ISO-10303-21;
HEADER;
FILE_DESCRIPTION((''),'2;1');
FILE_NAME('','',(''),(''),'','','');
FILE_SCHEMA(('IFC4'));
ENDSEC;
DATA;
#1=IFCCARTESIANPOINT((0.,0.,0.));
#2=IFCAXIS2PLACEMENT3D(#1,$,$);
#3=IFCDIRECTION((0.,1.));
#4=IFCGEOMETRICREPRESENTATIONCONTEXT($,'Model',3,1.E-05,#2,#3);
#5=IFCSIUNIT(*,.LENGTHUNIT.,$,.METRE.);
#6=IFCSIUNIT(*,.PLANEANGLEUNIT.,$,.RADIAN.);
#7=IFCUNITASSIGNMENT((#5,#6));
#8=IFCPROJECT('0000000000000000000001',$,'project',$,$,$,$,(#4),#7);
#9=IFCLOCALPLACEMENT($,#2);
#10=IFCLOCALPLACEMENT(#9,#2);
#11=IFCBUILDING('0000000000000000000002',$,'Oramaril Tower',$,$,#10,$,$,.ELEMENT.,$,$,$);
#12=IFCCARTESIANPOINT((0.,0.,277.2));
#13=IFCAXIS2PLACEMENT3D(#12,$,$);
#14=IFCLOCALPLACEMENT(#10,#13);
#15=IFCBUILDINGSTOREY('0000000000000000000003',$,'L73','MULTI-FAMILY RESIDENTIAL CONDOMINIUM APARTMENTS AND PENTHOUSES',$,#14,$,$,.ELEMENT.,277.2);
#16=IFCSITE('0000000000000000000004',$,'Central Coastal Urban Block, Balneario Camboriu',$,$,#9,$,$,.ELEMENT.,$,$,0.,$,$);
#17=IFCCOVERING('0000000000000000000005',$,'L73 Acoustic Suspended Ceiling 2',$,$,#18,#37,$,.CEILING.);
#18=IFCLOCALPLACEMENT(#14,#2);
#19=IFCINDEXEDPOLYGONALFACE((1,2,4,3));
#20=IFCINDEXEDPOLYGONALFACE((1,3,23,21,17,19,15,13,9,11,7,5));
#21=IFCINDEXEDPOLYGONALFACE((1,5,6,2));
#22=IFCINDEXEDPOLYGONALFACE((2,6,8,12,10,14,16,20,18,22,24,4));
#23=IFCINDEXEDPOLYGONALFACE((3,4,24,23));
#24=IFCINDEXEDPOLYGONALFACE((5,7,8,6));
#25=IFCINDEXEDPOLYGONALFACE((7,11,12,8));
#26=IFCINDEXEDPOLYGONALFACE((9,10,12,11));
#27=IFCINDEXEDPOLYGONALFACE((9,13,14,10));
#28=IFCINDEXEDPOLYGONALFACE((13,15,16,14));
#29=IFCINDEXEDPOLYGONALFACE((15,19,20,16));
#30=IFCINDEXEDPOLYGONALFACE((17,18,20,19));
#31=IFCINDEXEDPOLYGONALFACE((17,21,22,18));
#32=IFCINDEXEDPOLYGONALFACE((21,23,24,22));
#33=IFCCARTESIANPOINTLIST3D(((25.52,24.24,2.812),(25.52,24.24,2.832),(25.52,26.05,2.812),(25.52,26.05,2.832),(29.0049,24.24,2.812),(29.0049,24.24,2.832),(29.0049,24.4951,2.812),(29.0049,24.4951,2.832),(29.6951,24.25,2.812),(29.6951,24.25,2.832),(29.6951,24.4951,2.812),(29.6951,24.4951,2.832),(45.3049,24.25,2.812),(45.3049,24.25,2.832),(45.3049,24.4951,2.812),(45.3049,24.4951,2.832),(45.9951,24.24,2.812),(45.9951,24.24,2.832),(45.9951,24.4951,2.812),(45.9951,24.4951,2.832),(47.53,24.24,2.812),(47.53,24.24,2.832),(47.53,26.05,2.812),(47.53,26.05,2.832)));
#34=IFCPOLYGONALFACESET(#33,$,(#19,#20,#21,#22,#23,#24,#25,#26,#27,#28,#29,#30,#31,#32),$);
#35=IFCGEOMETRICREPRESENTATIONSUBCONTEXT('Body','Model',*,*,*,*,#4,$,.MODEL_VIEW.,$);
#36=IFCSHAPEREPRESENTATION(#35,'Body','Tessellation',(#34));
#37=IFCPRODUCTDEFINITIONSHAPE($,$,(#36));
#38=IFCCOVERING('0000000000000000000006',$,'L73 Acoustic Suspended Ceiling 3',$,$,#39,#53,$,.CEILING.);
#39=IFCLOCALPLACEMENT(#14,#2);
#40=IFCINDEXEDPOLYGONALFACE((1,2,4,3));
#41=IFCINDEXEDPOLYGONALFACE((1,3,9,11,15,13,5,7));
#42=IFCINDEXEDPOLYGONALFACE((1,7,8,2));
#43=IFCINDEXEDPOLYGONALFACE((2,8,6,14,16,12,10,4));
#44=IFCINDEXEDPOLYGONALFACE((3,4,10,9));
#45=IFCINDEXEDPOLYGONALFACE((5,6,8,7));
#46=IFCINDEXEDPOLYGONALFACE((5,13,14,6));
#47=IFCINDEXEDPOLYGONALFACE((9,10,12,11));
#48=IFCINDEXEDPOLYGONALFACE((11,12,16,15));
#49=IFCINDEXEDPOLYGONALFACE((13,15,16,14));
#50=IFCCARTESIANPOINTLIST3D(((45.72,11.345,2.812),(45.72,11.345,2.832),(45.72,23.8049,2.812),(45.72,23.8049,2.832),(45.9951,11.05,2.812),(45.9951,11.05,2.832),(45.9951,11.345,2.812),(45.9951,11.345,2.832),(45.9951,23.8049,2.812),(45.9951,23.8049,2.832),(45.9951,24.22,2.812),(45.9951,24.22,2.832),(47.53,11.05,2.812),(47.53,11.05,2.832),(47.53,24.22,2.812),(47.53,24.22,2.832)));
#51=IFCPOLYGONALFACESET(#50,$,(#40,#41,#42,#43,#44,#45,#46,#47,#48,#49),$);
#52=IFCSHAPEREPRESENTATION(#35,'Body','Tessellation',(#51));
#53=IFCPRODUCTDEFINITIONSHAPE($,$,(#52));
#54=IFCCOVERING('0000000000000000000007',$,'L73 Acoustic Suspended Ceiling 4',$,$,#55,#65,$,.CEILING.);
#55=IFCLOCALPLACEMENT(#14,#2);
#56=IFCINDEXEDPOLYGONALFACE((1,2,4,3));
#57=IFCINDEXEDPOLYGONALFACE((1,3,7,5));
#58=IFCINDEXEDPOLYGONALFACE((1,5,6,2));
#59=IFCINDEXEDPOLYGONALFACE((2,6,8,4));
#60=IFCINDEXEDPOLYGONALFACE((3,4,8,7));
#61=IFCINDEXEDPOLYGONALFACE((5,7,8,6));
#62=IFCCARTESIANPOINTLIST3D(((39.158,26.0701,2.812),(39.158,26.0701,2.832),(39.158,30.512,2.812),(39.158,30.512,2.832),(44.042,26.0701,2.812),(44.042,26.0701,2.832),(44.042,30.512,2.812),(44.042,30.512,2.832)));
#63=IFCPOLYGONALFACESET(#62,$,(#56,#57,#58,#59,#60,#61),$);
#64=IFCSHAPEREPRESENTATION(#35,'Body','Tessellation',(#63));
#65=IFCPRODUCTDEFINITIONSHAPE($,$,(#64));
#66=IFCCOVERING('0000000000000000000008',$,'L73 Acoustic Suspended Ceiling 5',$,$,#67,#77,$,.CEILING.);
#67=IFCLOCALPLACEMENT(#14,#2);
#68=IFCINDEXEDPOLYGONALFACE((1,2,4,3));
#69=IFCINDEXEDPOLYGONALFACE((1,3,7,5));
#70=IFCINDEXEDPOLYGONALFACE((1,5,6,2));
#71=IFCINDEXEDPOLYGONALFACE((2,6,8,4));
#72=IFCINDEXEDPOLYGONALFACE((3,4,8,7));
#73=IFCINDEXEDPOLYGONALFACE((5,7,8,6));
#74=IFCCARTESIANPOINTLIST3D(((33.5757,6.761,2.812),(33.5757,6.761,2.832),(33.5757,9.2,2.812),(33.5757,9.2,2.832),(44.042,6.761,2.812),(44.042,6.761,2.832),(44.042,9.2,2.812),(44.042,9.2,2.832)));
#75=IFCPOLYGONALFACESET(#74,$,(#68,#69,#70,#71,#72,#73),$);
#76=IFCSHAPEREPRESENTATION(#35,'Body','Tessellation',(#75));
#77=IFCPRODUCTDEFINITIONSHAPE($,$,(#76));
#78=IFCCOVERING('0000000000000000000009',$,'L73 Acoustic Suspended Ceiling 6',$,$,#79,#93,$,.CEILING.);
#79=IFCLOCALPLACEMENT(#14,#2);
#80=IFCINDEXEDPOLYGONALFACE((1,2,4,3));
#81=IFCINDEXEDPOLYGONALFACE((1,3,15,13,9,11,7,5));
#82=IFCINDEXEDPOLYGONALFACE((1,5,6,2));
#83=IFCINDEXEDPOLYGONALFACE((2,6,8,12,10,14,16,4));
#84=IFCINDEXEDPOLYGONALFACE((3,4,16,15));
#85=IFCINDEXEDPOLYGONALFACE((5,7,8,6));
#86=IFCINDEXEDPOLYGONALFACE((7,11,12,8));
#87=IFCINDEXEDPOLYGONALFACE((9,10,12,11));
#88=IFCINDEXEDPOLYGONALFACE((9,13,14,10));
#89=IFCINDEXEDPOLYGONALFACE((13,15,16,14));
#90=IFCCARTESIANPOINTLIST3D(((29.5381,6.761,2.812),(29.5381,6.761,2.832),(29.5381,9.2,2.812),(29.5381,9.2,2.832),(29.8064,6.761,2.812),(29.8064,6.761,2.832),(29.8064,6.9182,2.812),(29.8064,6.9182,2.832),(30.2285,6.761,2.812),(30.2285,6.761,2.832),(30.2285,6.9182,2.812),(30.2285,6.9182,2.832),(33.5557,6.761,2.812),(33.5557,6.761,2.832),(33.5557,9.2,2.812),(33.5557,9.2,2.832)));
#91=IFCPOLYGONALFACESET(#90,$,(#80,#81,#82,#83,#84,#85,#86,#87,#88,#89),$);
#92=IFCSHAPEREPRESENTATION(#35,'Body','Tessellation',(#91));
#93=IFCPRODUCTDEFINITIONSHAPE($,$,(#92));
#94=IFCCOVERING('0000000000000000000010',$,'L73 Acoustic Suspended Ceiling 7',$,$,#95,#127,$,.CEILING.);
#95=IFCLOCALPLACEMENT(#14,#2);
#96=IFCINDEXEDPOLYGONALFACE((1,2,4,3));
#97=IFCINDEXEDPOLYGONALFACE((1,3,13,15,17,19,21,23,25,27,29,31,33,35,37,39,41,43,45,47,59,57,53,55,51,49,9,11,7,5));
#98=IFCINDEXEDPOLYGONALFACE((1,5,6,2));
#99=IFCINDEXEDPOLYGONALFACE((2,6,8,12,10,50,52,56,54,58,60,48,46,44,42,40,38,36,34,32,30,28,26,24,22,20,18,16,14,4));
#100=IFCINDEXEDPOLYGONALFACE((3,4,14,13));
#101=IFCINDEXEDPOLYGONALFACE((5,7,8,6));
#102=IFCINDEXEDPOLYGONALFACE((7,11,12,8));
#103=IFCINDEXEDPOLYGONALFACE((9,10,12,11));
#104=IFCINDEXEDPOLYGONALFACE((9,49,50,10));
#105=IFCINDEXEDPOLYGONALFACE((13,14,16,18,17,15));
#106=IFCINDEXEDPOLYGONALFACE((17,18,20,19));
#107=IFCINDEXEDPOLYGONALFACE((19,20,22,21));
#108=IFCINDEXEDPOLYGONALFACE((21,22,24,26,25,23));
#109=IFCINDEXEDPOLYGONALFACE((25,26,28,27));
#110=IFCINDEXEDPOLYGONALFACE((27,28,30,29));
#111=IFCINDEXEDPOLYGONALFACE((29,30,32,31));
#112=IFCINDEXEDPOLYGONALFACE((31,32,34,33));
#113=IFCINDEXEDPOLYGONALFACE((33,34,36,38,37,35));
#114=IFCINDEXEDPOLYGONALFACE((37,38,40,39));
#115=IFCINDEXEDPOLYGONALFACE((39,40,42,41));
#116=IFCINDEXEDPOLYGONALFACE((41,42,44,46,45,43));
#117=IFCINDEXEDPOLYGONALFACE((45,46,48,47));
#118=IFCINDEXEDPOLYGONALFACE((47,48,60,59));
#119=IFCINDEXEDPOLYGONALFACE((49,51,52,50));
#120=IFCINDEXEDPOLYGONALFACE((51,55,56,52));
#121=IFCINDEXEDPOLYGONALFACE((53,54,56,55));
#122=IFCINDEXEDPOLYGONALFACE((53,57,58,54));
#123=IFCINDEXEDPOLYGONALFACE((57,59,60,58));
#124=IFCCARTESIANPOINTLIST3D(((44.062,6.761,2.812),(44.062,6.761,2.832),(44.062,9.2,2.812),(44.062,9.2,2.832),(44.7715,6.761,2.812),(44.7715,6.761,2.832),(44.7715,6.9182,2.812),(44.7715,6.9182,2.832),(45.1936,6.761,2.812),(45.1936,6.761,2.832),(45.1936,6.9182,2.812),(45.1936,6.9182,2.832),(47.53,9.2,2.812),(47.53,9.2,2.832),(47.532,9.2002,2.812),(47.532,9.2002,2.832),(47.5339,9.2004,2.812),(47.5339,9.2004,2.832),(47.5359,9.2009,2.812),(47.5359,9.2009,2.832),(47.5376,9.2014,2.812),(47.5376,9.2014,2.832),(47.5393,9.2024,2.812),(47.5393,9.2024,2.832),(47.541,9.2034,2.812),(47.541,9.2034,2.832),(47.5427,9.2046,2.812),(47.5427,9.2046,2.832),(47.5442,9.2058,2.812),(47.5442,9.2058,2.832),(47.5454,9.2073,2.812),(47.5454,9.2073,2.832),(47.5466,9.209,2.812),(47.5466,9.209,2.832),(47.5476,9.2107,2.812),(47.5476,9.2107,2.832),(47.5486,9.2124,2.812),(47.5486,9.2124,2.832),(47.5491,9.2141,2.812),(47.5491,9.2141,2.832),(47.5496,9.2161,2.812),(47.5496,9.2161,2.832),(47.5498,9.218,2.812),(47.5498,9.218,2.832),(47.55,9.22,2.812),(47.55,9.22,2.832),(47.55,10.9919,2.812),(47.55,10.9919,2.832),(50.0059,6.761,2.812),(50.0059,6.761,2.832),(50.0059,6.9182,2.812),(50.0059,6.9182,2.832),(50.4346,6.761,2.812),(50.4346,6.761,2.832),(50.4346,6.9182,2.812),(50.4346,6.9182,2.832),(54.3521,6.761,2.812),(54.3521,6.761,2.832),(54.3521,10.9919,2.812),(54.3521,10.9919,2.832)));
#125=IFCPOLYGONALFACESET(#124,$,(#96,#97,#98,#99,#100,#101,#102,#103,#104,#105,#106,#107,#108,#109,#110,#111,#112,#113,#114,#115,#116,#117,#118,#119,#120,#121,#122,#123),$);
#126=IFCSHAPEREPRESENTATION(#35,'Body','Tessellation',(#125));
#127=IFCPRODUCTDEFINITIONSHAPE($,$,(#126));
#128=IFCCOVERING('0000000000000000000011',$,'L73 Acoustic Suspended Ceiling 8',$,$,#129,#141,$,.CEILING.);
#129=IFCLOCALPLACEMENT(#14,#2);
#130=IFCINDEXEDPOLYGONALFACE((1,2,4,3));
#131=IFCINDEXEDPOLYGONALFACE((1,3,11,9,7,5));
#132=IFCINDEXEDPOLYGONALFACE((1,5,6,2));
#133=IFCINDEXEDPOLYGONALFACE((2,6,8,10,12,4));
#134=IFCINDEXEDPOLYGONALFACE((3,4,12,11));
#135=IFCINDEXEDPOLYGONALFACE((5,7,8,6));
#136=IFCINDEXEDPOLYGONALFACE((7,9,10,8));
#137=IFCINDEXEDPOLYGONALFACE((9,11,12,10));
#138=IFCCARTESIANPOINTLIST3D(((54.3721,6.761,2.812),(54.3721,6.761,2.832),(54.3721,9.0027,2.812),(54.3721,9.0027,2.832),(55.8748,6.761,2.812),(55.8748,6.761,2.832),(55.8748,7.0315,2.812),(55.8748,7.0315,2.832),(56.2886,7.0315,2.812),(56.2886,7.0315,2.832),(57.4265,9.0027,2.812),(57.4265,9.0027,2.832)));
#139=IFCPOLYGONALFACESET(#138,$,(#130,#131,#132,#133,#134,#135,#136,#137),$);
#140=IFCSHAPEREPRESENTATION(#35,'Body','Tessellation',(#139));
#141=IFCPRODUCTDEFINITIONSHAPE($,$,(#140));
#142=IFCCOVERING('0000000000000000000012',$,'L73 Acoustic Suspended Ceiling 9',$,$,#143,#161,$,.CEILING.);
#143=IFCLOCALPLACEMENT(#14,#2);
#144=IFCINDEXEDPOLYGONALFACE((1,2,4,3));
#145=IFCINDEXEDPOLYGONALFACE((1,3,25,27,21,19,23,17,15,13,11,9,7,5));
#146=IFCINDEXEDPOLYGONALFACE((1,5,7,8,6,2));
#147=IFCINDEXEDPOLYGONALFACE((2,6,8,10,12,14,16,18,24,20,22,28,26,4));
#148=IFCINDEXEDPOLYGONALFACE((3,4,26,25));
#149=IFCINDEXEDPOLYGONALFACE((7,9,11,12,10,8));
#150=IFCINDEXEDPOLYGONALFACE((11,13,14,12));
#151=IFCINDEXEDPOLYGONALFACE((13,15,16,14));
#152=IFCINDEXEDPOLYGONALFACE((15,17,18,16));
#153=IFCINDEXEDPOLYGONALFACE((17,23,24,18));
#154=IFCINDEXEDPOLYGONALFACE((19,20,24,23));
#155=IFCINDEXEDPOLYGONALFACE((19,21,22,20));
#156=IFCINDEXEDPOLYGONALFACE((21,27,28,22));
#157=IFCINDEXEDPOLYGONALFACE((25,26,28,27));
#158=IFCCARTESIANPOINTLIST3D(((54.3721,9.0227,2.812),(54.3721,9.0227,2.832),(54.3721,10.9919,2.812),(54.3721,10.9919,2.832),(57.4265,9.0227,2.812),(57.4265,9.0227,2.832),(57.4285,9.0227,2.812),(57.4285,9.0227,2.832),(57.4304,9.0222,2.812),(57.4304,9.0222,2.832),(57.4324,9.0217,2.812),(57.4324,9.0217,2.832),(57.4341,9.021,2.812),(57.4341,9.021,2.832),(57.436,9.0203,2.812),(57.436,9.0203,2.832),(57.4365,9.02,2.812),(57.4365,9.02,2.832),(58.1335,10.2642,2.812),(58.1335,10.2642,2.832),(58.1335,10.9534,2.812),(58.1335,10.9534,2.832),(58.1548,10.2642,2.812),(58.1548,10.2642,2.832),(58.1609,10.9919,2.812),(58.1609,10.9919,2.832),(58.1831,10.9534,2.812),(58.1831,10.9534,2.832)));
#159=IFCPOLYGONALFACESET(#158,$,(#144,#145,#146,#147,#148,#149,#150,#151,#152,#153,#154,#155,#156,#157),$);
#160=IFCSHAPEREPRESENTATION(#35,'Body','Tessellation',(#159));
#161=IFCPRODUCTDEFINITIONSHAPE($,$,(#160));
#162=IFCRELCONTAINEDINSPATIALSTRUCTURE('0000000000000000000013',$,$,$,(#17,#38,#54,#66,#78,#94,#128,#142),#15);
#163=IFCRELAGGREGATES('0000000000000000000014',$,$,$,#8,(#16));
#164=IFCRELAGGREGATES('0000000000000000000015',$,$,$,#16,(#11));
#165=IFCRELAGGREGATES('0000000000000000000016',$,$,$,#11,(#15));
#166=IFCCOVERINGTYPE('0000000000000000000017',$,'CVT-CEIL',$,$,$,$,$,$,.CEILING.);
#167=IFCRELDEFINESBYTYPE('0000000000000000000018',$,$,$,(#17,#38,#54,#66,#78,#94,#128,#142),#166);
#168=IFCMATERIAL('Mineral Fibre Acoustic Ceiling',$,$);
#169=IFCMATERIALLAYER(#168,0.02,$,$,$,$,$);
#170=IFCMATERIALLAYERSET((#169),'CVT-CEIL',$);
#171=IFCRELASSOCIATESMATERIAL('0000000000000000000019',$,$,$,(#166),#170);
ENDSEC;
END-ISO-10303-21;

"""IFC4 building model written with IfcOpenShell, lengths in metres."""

from ifc_helpers import new_model, si_unit, direction, frame, origin, place, context, subcontext, project, spatial, polyline, outline, extrude, material, layer, layer_set, type_object, element, save


model = new_model("IFC4")

# Units and contexts
model_context = context("Model", 3, precision=1e-05, world=origin(), true_north=direction((0.0, 1.0)))
body_context = subcontext(model_context, "Body", "Model", "MODEL_VIEW")
ifc_project = project(units=[si_unit("LENGTHUNIT", "METRE"), si_unit("PLANEANGLEUNIT", "RADIAN")], contexts=[model_context])

# Site, building, storey
site_placement = place(None, origin())
site = spatial("IfcSite", under=ifc_project, at=site_placement, Name="Central Coastal Urban Block, Balneario Camboriu", CompositionType="ELEMENT", RefElevation=0.0)
building_placement = place(site_placement, origin())
building = spatial("IfcBuilding", under=site, at=building_placement, Name="Oramaril Tower", CompositionType="ELEMENT")
storey_placement = place(building_placement, frame((0.0, 0.0, 277.2)))
storey = spatial("IfcBuildingStorey", under=building, at=storey_placement, Name="L73", Description="MULTI-FAMILY RESIDENTIAL CONDOMINIUM APARTMENTS AND PENTHOUSES", CompositionType="ELEMENT", Elevation=277.2)

# Coverings
ifc_material_1 = material(Name="Mineral Fibre Acoustic Ceiling")
ifc_layer_1 = layer(ifc_material_1, 0.02)
ifc_layer_set_1 = layer_set([ifc_layer_1], Name="CVT-CEIL")
covering_type_1 = type_object("IfcCoveringType", Name="CVT-CEIL", PredefinedType="CEILING", material=ifc_layer_set_1)
covering_1_placement = place(storey_placement, frame((0.0, 0.0, 2.812)))
element("IfcCovering", 1, at=covering_1_placement, inside=storey, type_object=covering_type_1, Name="L73 Acoustic Suspended Ceiling 2", PredefinedType="CEILING", context=body_context, shape_type="SweptSolid", body=[
    extrude(outline(polyline([(47.53, 24.24), (45.9951, 24.24), (45.9951, 24.4951), (45.3049, 24.4951), (45.3049, 24.25), (29.6951, 24.25), (29.6951, 24.4951), (29.0049, 24.4951), (29.0049, 24.24), (25.52, 24.24), (25.52, 26.05), (47.53, 26.05), (47.53, 24.24)])), origin(), (0.0, 0.0, 1.0), 0.02),
])
covering_2_placement = place(storey_placement, frame((0.0, 0.0, 2.812)))
element("IfcCovering", 2, at=covering_2_placement, inside=storey, type_object=covering_type_1, Name="L73 Acoustic Suspended Ceiling 3", PredefinedType="CEILING", context=body_context, shape_type="SweptSolid", body=[
    extrude(outline(polyline([(47.53, 11.05), (45.9951, 11.05), (45.9951, 11.345), (45.72, 11.345), (45.72, 23.8049), (45.9951, 23.8049), (45.9951, 24.22), (47.53, 24.22), (47.53, 11.05)])), origin(), (0.0, 0.0, 1.0), 0.02),
])
covering_3_placement = place(storey_placement, frame((0.0, 0.0, 2.812)))
element("IfcCovering", 3, at=covering_3_placement, inside=storey, type_object=covering_type_1, Name="L73 Acoustic Suspended Ceiling 4", PredefinedType="CEILING", context=body_context, shape_type="SweptSolid", body=[
    extrude(outline(polyline([(44.042, 30.512), (44.042, 26.0701), (39.158, 26.0701), (39.158, 30.512), (44.042, 30.512)])), origin(), (0.0, 0.0, 1.0), 0.02),
])
covering_4_placement = place(storey_placement, frame((0.0, 0.0, 2.812)))
element("IfcCovering", 4, at=covering_4_placement, inside=storey, type_object=covering_type_1, Name="L73 Acoustic Suspended Ceiling 5", PredefinedType="CEILING", context=body_context, shape_type="SweptSolid", body=[
    extrude(outline(polyline([(33.5757, 6.761), (33.5757, 9.2), (44.042, 9.2), (44.042, 6.761), (33.5757, 6.761)])), origin(), (0.0, 0.0, 1.0), 0.02),
])
covering_5_placement = place(storey_placement, frame((0.0, 0.0, 2.812)))
element("IfcCovering", 5, at=covering_5_placement, inside=storey, type_object=covering_type_1, Name="L73 Acoustic Suspended Ceiling 6", PredefinedType="CEILING", context=body_context, shape_type="SweptSolid", body=[
    extrude(outline(polyline([(30.2285, 6.761), (30.2285, 6.9182), (29.8064, 6.9182), (29.8064, 6.761), (29.5381, 6.761), (29.5381, 9.2), (33.5557, 9.2), (33.5557, 6.761), (30.2285, 6.761)])), origin(), (0.0, 0.0, 1.0), 0.02),
])
covering_6_placement = place(storey_placement, frame((0.0, 0.0, 2.812)))
element("IfcCovering", 6, at=covering_6_placement, inside=storey, type_object=covering_type_1, Name="L73 Acoustic Suspended Ceiling 7", PredefinedType="CEILING", context=body_context, shape_type="SweptSolid", body=[
    extrude(outline(polyline([(54.3521, 10.9919), (54.3521, 6.761), (50.4346, 6.761), (50.4346, 6.9182), (50.0059, 6.9182), (50.0059, 6.761), (45.1936, 6.761), (45.1936, 6.9182), (44.7715, 6.9182), (44.7715, 6.761), (44.062, 6.761), (44.062, 9.2), (47.53, 9.2), (47.532, 9.2002), (47.5339, 9.2004), (47.5359, 9.2009), (47.5376, 9.2014), (47.5393, 9.2024), (47.541, 9.2034), (47.5427, 9.2046), (47.5442, 9.2058), (47.5454, 9.2073), (47.5466, 9.209), (47.5476, 9.2107), (47.5486, 9.2124), (47.5491, 9.2141), (47.5496, 9.2161), (47.5498, 9.218), (47.55, 9.22), (47.55, 10.9919), (54.3521, 10.9919)])), origin(), (0.0, 0.0, 1.0), 0.02),
])
covering_7_placement = place(storey_placement, frame((0.0, 0.0, 2.812)))
element("IfcCovering", 7, at=covering_7_placement, inside=storey, type_object=covering_type_1, Name="L73 Acoustic Suspended Ceiling 8", PredefinedType="CEILING", context=body_context, shape_type="SweptSolid", body=[
    extrude(outline(polyline([(56.2886, 7.0315), (55.8748, 7.0315), (55.8748, 6.761), (54.3721, 6.761), (54.3721, 9.0027), (57.4265, 9.0027), (56.2886, 7.0315)])), origin(), (0.0, 0.0, 1.0), 0.02),
])
covering_8_placement = place(storey_placement, frame((0.0, 0.0, 2.812)))
element("IfcCovering", 8, at=covering_8_placement, inside=storey, type_object=covering_type_1, Name="L73 Acoustic Suspended Ceiling 9", PredefinedType="CEILING", context=body_context, shape_type="SweptSolid", body=[
    extrude(outline(polyline([(58.1831, 10.9534), (58.1335, 10.9534), (58.1335, 10.2642), (58.1548, 10.2642), (57.4365, 9.02), (57.436, 9.0203), (57.4341, 9.021), (57.4324, 9.0217), (57.4304, 9.0222), (57.4285, 9.0227), (57.4265, 9.0227), (54.3721, 9.0227), (54.3721, 10.9919), (58.1609, 10.9919), (58.1831, 10.9534)])), origin(), (0.0, 0.0, 1.0), 0.02),
])

save(model, "model.ifc")
